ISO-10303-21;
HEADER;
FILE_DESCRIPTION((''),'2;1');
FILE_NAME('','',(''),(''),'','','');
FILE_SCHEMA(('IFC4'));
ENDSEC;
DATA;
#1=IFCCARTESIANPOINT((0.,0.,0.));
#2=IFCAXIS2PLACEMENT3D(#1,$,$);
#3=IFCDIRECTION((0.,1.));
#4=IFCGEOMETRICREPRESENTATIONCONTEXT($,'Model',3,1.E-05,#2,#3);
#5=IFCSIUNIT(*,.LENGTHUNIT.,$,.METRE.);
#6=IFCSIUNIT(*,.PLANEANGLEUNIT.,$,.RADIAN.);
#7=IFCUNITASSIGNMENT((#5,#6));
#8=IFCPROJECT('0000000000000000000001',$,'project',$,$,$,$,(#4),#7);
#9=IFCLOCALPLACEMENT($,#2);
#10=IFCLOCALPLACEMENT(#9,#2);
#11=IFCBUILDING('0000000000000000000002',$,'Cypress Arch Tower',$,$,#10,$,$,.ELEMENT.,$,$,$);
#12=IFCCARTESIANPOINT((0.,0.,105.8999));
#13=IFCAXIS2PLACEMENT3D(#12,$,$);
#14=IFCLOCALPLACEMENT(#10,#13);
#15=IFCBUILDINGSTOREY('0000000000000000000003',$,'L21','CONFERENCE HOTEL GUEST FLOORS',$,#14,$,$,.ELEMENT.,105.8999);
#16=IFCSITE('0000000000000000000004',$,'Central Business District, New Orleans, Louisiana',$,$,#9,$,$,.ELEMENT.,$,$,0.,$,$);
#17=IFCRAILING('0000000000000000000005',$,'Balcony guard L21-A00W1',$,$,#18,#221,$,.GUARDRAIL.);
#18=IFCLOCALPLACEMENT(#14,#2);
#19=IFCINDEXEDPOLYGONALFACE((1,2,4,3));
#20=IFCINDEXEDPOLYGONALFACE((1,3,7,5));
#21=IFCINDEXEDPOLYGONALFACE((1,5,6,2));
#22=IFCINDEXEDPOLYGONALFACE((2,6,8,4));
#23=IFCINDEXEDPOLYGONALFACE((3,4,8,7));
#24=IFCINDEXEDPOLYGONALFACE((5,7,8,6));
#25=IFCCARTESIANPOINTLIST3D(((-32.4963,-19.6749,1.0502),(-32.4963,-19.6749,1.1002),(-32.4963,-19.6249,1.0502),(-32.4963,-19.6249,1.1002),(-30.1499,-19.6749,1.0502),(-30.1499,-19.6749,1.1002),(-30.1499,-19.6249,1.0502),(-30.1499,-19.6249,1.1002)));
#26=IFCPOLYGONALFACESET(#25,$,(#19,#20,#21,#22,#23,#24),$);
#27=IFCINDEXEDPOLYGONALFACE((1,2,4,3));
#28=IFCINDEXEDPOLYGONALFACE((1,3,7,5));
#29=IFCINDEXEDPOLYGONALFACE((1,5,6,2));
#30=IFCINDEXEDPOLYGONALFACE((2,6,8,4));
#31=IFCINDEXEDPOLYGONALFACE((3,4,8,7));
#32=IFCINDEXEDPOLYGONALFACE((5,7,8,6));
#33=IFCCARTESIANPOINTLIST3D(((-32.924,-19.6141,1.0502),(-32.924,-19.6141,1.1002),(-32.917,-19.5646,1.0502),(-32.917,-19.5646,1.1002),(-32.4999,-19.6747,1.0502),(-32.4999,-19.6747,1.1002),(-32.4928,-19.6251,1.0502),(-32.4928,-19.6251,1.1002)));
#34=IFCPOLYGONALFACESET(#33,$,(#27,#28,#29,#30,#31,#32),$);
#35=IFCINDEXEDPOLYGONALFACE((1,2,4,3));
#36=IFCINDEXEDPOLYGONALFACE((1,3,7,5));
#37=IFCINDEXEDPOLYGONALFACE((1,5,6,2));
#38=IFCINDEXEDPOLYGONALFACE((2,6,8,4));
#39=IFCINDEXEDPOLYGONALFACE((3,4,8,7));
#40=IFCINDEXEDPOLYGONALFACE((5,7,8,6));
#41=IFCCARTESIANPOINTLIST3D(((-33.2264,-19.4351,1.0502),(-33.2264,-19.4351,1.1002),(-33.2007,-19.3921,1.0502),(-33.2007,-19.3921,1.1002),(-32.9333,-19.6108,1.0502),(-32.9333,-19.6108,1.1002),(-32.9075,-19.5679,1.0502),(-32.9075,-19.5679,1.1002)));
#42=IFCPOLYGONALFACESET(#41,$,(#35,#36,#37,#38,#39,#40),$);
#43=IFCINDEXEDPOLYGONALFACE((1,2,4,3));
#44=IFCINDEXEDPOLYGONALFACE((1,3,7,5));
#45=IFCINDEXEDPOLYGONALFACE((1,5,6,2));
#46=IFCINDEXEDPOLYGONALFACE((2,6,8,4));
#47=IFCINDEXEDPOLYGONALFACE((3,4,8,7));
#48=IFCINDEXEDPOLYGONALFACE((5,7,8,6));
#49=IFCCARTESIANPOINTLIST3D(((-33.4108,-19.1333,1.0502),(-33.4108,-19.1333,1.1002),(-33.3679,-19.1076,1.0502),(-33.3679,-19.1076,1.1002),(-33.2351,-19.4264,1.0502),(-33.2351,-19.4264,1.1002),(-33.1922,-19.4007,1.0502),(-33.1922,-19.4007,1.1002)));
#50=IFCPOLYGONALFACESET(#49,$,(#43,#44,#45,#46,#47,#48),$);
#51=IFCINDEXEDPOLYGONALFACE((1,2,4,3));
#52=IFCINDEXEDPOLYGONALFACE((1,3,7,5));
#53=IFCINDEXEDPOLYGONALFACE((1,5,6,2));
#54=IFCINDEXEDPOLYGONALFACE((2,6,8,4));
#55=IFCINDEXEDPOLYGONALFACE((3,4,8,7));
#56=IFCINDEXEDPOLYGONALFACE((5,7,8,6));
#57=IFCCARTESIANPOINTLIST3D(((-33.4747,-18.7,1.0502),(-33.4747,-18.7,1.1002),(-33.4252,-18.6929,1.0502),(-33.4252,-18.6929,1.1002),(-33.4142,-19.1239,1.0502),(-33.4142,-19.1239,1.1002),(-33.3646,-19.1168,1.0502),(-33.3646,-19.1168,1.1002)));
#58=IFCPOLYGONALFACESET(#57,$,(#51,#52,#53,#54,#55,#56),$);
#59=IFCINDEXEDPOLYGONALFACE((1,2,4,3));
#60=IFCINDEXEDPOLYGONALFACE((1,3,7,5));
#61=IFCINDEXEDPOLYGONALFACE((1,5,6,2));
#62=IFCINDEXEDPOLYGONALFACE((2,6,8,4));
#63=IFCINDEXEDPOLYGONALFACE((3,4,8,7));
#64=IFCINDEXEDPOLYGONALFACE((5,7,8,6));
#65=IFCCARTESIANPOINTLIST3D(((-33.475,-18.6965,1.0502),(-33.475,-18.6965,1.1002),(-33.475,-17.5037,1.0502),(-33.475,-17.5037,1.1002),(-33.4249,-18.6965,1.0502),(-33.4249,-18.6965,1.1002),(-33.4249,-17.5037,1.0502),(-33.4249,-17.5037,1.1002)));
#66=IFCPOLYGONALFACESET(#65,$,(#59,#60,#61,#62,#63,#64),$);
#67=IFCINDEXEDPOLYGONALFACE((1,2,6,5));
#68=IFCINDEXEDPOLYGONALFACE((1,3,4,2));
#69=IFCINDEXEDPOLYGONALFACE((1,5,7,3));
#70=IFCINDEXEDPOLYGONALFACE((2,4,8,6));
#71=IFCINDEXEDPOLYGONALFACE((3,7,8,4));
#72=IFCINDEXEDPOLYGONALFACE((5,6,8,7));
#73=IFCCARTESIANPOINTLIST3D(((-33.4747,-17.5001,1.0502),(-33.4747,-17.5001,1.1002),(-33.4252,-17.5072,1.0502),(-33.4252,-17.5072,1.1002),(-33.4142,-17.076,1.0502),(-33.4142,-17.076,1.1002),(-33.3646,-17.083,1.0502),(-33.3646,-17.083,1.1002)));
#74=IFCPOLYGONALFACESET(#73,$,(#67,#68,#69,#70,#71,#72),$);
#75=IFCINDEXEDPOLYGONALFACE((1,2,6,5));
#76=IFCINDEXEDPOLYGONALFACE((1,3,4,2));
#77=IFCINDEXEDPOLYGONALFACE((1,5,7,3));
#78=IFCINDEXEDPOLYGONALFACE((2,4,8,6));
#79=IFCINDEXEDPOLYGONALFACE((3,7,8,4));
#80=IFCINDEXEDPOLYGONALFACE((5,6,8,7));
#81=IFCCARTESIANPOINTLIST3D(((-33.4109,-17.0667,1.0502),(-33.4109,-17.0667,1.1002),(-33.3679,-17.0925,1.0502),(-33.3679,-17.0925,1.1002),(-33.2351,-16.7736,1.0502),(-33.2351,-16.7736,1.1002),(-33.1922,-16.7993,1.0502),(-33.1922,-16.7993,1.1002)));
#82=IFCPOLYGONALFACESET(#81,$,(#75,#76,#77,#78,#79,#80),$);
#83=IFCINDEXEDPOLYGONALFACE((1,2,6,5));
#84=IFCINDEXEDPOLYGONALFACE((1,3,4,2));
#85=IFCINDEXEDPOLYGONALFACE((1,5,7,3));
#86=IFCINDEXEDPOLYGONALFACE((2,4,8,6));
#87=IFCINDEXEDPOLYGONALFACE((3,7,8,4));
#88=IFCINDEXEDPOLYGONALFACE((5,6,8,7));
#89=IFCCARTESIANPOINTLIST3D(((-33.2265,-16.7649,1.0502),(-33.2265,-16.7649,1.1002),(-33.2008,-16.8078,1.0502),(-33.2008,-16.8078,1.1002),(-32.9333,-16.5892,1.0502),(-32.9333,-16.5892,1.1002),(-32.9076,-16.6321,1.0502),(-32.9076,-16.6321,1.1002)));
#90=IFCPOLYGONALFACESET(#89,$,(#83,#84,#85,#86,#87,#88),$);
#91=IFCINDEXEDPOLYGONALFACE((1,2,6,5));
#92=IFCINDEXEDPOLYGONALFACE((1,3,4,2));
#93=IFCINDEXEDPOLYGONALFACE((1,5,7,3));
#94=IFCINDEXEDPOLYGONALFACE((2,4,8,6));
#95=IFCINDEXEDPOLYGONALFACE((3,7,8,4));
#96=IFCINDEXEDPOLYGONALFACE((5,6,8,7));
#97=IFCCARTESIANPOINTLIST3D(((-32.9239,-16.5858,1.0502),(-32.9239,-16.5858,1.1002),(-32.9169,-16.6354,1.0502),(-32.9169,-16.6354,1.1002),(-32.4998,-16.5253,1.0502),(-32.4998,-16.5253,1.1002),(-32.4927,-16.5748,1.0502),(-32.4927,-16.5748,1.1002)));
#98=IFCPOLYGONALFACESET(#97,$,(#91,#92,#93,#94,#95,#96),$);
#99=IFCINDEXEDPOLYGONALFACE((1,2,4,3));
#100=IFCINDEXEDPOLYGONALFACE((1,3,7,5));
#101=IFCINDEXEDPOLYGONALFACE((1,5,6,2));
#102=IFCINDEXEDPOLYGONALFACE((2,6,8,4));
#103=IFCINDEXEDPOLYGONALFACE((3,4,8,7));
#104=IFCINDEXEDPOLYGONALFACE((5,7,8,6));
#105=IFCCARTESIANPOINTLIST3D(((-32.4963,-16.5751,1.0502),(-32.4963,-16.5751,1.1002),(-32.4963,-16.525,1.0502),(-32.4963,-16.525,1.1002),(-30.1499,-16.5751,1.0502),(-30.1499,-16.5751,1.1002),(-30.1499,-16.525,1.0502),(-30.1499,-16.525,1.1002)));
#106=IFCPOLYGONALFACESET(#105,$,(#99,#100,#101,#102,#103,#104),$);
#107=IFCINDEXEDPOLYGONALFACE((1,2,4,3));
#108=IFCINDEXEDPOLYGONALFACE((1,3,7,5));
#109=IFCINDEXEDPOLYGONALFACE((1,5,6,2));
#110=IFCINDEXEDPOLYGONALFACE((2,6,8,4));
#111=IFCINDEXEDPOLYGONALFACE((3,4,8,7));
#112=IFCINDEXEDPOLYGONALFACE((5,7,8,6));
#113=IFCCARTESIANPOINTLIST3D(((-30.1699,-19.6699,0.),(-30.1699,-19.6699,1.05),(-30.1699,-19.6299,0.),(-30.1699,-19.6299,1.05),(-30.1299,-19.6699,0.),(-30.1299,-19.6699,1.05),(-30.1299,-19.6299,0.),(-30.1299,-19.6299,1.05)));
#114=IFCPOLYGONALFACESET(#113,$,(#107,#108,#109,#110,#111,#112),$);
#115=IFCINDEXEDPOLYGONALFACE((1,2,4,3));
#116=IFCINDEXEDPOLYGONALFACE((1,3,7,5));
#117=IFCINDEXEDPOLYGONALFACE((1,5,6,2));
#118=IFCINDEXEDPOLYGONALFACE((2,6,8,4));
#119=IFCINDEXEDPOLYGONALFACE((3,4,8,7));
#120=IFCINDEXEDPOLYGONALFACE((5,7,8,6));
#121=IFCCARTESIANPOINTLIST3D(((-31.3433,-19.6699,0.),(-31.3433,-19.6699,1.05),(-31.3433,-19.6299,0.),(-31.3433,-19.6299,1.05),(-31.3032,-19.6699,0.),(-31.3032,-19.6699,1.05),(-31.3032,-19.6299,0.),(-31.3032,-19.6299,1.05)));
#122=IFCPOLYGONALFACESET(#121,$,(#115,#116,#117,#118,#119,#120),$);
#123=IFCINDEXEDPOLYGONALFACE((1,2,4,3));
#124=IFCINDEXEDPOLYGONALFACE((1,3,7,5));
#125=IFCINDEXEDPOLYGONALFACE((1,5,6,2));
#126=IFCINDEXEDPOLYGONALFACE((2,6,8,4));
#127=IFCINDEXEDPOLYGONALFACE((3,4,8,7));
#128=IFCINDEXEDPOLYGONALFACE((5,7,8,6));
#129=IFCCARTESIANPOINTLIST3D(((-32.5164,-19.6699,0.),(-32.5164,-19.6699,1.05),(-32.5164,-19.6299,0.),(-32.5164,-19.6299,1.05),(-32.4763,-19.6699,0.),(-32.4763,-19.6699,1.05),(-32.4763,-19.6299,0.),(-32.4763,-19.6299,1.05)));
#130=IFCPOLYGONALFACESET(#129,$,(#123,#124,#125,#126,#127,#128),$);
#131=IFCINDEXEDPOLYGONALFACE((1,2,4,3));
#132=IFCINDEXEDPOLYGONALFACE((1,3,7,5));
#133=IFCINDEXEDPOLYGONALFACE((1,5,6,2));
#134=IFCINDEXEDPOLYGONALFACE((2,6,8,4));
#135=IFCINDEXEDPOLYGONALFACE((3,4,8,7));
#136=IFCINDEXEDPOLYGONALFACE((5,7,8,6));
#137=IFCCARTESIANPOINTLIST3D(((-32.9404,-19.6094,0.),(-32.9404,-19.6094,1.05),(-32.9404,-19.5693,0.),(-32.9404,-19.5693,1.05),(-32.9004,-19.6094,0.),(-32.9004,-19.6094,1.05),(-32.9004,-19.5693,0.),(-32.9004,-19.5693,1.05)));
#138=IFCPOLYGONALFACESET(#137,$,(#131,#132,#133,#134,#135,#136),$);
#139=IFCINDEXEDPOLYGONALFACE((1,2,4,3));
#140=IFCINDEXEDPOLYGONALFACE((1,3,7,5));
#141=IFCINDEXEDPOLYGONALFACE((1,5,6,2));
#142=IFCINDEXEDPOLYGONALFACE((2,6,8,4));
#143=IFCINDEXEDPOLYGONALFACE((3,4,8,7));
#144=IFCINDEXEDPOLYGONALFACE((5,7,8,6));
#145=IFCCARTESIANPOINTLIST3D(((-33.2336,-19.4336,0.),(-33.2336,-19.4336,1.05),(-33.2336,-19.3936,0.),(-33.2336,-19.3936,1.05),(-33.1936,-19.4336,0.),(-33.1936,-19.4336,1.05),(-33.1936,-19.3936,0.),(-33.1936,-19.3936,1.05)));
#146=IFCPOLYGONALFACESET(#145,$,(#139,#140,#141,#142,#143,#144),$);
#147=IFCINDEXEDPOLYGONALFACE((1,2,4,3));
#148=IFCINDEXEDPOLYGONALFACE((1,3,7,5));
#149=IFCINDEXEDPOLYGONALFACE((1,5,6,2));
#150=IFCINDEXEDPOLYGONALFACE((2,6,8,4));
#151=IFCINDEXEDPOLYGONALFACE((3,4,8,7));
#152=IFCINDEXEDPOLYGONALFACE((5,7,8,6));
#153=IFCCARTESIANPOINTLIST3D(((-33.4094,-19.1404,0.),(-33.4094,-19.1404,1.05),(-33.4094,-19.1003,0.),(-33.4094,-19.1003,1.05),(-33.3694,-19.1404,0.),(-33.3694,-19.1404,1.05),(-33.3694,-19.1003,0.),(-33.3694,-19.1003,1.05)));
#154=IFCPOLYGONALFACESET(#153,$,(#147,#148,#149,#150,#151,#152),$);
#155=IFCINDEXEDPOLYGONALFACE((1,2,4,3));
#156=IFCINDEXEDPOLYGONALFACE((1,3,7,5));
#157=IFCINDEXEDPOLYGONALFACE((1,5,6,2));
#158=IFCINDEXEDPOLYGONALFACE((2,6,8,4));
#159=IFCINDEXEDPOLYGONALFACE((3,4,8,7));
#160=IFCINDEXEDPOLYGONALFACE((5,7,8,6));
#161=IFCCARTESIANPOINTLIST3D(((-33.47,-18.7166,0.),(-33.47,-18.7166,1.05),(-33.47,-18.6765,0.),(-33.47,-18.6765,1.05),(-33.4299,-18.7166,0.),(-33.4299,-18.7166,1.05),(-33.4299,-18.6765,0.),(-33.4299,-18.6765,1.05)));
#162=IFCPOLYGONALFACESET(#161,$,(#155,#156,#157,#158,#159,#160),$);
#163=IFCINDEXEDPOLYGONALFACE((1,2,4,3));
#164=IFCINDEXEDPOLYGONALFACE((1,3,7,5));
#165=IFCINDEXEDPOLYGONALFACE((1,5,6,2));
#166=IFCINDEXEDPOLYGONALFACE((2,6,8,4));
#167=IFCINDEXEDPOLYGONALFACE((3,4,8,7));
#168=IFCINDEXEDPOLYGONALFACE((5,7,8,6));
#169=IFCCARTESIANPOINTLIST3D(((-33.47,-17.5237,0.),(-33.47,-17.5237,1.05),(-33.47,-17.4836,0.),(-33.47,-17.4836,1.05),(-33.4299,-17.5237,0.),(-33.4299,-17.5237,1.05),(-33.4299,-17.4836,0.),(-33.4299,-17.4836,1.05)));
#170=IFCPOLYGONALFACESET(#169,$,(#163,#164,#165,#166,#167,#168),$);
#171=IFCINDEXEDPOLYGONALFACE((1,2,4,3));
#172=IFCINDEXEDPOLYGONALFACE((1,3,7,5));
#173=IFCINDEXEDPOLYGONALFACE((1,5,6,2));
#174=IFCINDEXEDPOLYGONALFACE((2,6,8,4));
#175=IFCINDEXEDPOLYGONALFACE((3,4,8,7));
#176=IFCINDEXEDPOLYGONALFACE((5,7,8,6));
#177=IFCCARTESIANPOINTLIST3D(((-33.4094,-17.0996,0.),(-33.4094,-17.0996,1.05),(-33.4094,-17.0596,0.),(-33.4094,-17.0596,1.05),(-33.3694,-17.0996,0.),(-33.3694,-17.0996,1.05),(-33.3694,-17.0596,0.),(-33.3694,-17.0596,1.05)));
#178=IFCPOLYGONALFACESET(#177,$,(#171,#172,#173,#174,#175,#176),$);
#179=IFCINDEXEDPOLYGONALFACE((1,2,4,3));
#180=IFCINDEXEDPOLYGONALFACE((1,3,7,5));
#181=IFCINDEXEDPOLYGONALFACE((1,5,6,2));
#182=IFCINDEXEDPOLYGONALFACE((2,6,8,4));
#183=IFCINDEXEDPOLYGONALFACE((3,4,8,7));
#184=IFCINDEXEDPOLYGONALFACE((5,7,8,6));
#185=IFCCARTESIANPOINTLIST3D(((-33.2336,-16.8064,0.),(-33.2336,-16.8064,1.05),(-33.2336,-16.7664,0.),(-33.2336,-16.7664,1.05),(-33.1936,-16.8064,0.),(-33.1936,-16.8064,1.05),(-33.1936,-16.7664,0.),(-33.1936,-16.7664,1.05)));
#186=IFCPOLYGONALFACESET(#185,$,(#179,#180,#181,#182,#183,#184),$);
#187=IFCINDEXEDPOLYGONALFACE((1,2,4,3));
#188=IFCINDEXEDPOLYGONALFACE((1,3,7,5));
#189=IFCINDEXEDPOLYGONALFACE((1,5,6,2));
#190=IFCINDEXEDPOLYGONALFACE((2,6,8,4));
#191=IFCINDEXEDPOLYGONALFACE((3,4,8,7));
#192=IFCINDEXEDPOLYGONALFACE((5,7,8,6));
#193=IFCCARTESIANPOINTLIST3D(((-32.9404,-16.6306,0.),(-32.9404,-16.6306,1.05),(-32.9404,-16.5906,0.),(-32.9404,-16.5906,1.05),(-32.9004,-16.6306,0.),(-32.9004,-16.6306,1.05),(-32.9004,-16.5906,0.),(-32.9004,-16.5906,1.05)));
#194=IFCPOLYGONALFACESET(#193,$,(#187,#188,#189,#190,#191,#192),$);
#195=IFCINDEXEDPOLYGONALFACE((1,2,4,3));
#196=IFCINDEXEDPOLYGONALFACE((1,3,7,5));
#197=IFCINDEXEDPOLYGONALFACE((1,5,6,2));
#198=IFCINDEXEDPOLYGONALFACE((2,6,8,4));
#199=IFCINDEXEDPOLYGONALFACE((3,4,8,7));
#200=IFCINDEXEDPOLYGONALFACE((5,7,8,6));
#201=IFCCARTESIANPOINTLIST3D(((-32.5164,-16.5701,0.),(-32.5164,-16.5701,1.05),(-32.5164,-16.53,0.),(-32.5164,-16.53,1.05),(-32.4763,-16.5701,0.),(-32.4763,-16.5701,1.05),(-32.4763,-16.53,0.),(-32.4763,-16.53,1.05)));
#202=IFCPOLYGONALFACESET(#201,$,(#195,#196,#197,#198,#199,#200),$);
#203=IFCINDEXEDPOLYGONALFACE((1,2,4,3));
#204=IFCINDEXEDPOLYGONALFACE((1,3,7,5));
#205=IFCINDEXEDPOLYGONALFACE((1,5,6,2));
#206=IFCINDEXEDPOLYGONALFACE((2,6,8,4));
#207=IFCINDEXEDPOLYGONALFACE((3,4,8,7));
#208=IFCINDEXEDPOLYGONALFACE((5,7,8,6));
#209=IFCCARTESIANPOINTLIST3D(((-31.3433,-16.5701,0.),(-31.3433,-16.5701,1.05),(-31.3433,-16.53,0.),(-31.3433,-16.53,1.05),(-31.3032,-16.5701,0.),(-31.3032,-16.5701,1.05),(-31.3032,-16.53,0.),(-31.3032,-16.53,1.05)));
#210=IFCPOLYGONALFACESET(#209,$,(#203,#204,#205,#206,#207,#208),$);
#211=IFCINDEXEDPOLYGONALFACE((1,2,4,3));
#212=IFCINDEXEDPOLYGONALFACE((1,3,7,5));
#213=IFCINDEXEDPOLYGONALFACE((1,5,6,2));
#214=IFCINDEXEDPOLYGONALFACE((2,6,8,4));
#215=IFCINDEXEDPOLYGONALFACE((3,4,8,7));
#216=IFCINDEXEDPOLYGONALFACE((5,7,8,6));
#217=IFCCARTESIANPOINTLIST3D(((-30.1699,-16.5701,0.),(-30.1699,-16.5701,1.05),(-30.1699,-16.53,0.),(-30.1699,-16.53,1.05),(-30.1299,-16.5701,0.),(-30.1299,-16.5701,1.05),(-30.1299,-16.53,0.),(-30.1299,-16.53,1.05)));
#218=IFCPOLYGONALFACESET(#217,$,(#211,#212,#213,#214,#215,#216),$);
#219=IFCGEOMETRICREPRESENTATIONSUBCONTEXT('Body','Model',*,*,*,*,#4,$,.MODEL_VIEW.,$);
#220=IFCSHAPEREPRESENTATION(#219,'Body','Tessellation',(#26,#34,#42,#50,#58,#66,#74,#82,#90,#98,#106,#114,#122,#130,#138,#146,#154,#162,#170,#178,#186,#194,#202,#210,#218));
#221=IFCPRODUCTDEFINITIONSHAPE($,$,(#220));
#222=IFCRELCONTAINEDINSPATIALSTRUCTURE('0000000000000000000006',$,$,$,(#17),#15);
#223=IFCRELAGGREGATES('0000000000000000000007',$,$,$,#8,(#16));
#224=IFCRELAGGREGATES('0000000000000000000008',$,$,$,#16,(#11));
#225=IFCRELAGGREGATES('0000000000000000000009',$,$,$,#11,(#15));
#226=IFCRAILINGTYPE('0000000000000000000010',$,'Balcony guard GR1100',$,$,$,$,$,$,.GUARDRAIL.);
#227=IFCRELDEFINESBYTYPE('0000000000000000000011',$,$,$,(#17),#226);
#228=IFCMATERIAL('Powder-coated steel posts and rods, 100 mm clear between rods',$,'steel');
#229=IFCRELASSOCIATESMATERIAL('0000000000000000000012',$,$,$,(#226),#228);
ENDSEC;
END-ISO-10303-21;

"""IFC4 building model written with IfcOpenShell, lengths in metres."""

from ifc_helpers import new_model, si_unit, direction, frame, origin, origin_2d, place, context, subcontext, project, spatial, rectangle, extrude, material, type_object, element, save


model = new_model("IFC4")

# Units and contexts
model_context = context("Model", 3, precision=1e-05, world=origin(), true_north=direction((0.0, 1.0)))
body_context = subcontext(model_context, "Body", "Model", "MODEL_VIEW")
ifc_project = project(units=[si_unit("LENGTHUNIT", "METRE"), si_unit("PLANEANGLEUNIT", "RADIAN")], contexts=[model_context])

# Site, building, storey
site_placement = place(None, origin())
site = spatial("IfcSite", under=ifc_project, at=site_placement, Name="Central Business District, New Orleans, Louisiana", CompositionType="ELEMENT", RefElevation=0.0)
building_placement = place(site_placement, origin())
building = spatial("IfcBuilding", under=site, at=building_placement, Name="Cypress Arch Tower", CompositionType="ELEMENT")
storey_placement = place(building_placement, frame((0.0, 0.0, 105.8999)))
storey = spatial("IfcBuildingStorey", under=building, at=storey_placement, Name="L21", Description="CONFERENCE HOTEL GUEST FLOORS", CompositionType="ELEMENT", Elevation=105.8999)

# Railing
ifc_material_1 = material(Name="Powder-coated steel posts and rods, 100 mm clear between rods", Category="steel")
railing_type = type_object("IfcRailingType", Name="Balcony guard GR1100", PredefinedType="GUARDRAIL", material=ifc_material_1)
railing_placement = place(storey_placement, frame((-30.1499, -19.6499, 0.0)))
element("IfcRailing", 1, at=railing_placement, inside=storey, type_object=railing_type, Name="Balcony guard L21-A00W1", PredefinedType="GUARDRAIL", context=body_context, shape_type="SweptSolid", body=[
    extrude(rectangle(XDim=0.05, YDim=0.05, at=origin_2d()), frame((0.0, 0.0, 1.0752), z_axis=(-1.0, 0.0, 0.0), x_axis=(0.0, -1.0, 0.0)), (0.0, 0.0, 1.0), 2.3464),
    extrude(rectangle(XDim=0.05, YDim=0.05, at=origin_2d()), frame((-2.3464, 0.0, 1.0752), z_axis=(-0.989961, 0.141342, 0.0), x_axis=(-0.141342, -0.989961, 0.0)), (0.0, 0.0, 1.0), 0.4285),
    extrude(rectangle(XDim=0.05, YDim=0.05, at=origin_2d()), frame((-2.7705, 0.0605, 1.0752), z_axis=(-0.857682, 0.514181, 0.0), x_axis=(-0.514181, -0.857682, 0.0)), (0.0, 0.0, 1.0), 0.3418),
    extrude(rectangle(XDim=0.05, YDim=0.05, at=origin_2d()), frame((-3.0637, 0.2363, 1.0752), z_axis=(-0.514181, 0.857682, 0.0), x_axis=(-0.857682, -0.514181, 0.0)), (0.0, 0.0, 1.0), 0.3418),
    extrude(rectangle(XDim=0.05, YDim=0.05, at=origin_2d()), frame((-3.2395, 0.5295, 1.0752), z_axis=(-0.141421, 0.989949, 0.0), x_axis=(-0.989949, -0.141421, 0.0)), (0.0, 0.0, 1.0), 0.4282),
    extrude(rectangle(XDim=0.05, YDim=0.05, at=origin_2d()), frame((-3.3, 0.9534, 1.0752), z_axis=(0.0, 1.0, 0.0), x_axis=(-1.0, 0.0, 0.0)), (0.0, 0.0, 1.0), 1.1929),
    extrude(rectangle(XDim=0.05, YDim=0.05, at=origin_2d()), frame((-3.3, 2.1462, 1.0752), z_axis=(0.141342, 0.989961, 0.0), x_axis=(-0.989961, 0.141342, 0.0)), (0.0, 0.0, 1.0), 0.4285),
    extrude(rectangle(XDim=0.05, YDim=0.05, at=origin_2d()), frame((-3.2395, 2.5703, 1.0752), z_axis=(0.514181, 0.857682, 0.0), x_axis=(-0.857682, 0.514181, 0.0)), (0.0, 0.0, 1.0), 0.3418),
    extrude(rectangle(XDim=0.05, YDim=0.05, at=origin_2d()), frame((-3.0637, 2.8635, 1.0752), z_axis=(0.857682, 0.514181, 0.0), x_axis=(-0.514181, 0.857682, 0.0)), (0.0, 0.0, 1.0), 0.3418),
    extrude(rectangle(XDim=0.05, YDim=0.05, at=origin_2d()), frame((-2.7705, 3.0393, 1.0752), z_axis=(0.989961, 0.141342, 0.0), x_axis=(-0.141342, 0.989961, 0.0)), (0.0, 0.0, 1.0), 0.4285),
    extrude(rectangle(XDim=0.05, YDim=0.05, at=origin_2d()), frame((-2.3464, 3.0999, 1.0752), z_axis=(1.0, 0.0, 0.0), x_axis=(0.0, 1.0, 0.0)), (0.0, 0.0, 1.0), 2.3464),
    extrude(rectangle(XDim=0.04, YDim=0.04, at=origin_2d()), origin(), (0.0, 0.0, 1.0), 1.05),
    extrude(rectangle(XDim=0.04, YDim=0.04, at=origin_2d()), frame((-1.1733, 0.0, 0.0)), (0.0, 0.0, 1.0), 1.05),
    extrude(rectangle(XDim=0.04, YDim=0.04, at=origin_2d()), frame((-2.3464, 0.0, 0.0)), (0.0, 0.0, 1.0), 1.05),
    extrude(rectangle(XDim=0.04, YDim=0.04, at=origin_2d()), frame((-2.7705, 0.0605, 0.0)), (0.0, 0.0, 1.0), 1.05),
    extrude(rectangle(XDim=0.04, YDim=0.04, at=origin_2d()), frame((-3.0637, 0.2363, 0.0)), (0.0, 0.0, 1.0), 1.05),
    extrude(rectangle(XDim=0.04, YDim=0.04, at=origin_2d()), frame((-3.2395, 0.5295, 0.0)), (0.0, 0.0, 1.0), 1.05),
    extrude(rectangle(XDim=0.04, YDim=0.04, at=origin_2d()), frame((-3.3, 0.9534, 0.0)), (0.0, 0.0, 1.0), 1.05),
    extrude(rectangle(XDim=0.04, YDim=0.04, at=origin_2d()), frame((-3.3, 2.1462, 0.0)), (0.0, 0.0, 1.0), 1.05),
    extrude(rectangle(XDim=0.04, YDim=0.04, at=origin_2d()), frame((-3.2395, 2.5703, 0.0)), (0.0, 0.0, 1.0), 1.05),
    extrude(rectangle(XDim=0.04, YDim=0.04, at=origin_2d()), frame((-3.0637, 2.8635, 0.0)), (0.0, 0.0, 1.0), 1.05),
    extrude(rectangle(XDim=0.04, YDim=0.04, at=origin_2d()), frame((-2.7705, 3.0393, 0.0)), (0.0, 0.0, 1.0), 1.05),
    extrude(rectangle(XDim=0.04, YDim=0.04, at=origin_2d()), frame((-2.3464, 3.0999, 0.0)), (0.0, 0.0, 1.0), 1.05),
    extrude(rectangle(XDim=0.04, YDim=0.04, at=origin_2d()), frame((-1.1733, 3.0999, 0.0)), (0.0, 0.0, 1.0), 1.05),
    extrude(rectangle(XDim=0.04, YDim=0.04, at=origin_2d()), frame((0.0, 3.0999, 0.0)), (0.0, 0.0, 1.0), 1.05),
])

save(model, "model.ifc")
